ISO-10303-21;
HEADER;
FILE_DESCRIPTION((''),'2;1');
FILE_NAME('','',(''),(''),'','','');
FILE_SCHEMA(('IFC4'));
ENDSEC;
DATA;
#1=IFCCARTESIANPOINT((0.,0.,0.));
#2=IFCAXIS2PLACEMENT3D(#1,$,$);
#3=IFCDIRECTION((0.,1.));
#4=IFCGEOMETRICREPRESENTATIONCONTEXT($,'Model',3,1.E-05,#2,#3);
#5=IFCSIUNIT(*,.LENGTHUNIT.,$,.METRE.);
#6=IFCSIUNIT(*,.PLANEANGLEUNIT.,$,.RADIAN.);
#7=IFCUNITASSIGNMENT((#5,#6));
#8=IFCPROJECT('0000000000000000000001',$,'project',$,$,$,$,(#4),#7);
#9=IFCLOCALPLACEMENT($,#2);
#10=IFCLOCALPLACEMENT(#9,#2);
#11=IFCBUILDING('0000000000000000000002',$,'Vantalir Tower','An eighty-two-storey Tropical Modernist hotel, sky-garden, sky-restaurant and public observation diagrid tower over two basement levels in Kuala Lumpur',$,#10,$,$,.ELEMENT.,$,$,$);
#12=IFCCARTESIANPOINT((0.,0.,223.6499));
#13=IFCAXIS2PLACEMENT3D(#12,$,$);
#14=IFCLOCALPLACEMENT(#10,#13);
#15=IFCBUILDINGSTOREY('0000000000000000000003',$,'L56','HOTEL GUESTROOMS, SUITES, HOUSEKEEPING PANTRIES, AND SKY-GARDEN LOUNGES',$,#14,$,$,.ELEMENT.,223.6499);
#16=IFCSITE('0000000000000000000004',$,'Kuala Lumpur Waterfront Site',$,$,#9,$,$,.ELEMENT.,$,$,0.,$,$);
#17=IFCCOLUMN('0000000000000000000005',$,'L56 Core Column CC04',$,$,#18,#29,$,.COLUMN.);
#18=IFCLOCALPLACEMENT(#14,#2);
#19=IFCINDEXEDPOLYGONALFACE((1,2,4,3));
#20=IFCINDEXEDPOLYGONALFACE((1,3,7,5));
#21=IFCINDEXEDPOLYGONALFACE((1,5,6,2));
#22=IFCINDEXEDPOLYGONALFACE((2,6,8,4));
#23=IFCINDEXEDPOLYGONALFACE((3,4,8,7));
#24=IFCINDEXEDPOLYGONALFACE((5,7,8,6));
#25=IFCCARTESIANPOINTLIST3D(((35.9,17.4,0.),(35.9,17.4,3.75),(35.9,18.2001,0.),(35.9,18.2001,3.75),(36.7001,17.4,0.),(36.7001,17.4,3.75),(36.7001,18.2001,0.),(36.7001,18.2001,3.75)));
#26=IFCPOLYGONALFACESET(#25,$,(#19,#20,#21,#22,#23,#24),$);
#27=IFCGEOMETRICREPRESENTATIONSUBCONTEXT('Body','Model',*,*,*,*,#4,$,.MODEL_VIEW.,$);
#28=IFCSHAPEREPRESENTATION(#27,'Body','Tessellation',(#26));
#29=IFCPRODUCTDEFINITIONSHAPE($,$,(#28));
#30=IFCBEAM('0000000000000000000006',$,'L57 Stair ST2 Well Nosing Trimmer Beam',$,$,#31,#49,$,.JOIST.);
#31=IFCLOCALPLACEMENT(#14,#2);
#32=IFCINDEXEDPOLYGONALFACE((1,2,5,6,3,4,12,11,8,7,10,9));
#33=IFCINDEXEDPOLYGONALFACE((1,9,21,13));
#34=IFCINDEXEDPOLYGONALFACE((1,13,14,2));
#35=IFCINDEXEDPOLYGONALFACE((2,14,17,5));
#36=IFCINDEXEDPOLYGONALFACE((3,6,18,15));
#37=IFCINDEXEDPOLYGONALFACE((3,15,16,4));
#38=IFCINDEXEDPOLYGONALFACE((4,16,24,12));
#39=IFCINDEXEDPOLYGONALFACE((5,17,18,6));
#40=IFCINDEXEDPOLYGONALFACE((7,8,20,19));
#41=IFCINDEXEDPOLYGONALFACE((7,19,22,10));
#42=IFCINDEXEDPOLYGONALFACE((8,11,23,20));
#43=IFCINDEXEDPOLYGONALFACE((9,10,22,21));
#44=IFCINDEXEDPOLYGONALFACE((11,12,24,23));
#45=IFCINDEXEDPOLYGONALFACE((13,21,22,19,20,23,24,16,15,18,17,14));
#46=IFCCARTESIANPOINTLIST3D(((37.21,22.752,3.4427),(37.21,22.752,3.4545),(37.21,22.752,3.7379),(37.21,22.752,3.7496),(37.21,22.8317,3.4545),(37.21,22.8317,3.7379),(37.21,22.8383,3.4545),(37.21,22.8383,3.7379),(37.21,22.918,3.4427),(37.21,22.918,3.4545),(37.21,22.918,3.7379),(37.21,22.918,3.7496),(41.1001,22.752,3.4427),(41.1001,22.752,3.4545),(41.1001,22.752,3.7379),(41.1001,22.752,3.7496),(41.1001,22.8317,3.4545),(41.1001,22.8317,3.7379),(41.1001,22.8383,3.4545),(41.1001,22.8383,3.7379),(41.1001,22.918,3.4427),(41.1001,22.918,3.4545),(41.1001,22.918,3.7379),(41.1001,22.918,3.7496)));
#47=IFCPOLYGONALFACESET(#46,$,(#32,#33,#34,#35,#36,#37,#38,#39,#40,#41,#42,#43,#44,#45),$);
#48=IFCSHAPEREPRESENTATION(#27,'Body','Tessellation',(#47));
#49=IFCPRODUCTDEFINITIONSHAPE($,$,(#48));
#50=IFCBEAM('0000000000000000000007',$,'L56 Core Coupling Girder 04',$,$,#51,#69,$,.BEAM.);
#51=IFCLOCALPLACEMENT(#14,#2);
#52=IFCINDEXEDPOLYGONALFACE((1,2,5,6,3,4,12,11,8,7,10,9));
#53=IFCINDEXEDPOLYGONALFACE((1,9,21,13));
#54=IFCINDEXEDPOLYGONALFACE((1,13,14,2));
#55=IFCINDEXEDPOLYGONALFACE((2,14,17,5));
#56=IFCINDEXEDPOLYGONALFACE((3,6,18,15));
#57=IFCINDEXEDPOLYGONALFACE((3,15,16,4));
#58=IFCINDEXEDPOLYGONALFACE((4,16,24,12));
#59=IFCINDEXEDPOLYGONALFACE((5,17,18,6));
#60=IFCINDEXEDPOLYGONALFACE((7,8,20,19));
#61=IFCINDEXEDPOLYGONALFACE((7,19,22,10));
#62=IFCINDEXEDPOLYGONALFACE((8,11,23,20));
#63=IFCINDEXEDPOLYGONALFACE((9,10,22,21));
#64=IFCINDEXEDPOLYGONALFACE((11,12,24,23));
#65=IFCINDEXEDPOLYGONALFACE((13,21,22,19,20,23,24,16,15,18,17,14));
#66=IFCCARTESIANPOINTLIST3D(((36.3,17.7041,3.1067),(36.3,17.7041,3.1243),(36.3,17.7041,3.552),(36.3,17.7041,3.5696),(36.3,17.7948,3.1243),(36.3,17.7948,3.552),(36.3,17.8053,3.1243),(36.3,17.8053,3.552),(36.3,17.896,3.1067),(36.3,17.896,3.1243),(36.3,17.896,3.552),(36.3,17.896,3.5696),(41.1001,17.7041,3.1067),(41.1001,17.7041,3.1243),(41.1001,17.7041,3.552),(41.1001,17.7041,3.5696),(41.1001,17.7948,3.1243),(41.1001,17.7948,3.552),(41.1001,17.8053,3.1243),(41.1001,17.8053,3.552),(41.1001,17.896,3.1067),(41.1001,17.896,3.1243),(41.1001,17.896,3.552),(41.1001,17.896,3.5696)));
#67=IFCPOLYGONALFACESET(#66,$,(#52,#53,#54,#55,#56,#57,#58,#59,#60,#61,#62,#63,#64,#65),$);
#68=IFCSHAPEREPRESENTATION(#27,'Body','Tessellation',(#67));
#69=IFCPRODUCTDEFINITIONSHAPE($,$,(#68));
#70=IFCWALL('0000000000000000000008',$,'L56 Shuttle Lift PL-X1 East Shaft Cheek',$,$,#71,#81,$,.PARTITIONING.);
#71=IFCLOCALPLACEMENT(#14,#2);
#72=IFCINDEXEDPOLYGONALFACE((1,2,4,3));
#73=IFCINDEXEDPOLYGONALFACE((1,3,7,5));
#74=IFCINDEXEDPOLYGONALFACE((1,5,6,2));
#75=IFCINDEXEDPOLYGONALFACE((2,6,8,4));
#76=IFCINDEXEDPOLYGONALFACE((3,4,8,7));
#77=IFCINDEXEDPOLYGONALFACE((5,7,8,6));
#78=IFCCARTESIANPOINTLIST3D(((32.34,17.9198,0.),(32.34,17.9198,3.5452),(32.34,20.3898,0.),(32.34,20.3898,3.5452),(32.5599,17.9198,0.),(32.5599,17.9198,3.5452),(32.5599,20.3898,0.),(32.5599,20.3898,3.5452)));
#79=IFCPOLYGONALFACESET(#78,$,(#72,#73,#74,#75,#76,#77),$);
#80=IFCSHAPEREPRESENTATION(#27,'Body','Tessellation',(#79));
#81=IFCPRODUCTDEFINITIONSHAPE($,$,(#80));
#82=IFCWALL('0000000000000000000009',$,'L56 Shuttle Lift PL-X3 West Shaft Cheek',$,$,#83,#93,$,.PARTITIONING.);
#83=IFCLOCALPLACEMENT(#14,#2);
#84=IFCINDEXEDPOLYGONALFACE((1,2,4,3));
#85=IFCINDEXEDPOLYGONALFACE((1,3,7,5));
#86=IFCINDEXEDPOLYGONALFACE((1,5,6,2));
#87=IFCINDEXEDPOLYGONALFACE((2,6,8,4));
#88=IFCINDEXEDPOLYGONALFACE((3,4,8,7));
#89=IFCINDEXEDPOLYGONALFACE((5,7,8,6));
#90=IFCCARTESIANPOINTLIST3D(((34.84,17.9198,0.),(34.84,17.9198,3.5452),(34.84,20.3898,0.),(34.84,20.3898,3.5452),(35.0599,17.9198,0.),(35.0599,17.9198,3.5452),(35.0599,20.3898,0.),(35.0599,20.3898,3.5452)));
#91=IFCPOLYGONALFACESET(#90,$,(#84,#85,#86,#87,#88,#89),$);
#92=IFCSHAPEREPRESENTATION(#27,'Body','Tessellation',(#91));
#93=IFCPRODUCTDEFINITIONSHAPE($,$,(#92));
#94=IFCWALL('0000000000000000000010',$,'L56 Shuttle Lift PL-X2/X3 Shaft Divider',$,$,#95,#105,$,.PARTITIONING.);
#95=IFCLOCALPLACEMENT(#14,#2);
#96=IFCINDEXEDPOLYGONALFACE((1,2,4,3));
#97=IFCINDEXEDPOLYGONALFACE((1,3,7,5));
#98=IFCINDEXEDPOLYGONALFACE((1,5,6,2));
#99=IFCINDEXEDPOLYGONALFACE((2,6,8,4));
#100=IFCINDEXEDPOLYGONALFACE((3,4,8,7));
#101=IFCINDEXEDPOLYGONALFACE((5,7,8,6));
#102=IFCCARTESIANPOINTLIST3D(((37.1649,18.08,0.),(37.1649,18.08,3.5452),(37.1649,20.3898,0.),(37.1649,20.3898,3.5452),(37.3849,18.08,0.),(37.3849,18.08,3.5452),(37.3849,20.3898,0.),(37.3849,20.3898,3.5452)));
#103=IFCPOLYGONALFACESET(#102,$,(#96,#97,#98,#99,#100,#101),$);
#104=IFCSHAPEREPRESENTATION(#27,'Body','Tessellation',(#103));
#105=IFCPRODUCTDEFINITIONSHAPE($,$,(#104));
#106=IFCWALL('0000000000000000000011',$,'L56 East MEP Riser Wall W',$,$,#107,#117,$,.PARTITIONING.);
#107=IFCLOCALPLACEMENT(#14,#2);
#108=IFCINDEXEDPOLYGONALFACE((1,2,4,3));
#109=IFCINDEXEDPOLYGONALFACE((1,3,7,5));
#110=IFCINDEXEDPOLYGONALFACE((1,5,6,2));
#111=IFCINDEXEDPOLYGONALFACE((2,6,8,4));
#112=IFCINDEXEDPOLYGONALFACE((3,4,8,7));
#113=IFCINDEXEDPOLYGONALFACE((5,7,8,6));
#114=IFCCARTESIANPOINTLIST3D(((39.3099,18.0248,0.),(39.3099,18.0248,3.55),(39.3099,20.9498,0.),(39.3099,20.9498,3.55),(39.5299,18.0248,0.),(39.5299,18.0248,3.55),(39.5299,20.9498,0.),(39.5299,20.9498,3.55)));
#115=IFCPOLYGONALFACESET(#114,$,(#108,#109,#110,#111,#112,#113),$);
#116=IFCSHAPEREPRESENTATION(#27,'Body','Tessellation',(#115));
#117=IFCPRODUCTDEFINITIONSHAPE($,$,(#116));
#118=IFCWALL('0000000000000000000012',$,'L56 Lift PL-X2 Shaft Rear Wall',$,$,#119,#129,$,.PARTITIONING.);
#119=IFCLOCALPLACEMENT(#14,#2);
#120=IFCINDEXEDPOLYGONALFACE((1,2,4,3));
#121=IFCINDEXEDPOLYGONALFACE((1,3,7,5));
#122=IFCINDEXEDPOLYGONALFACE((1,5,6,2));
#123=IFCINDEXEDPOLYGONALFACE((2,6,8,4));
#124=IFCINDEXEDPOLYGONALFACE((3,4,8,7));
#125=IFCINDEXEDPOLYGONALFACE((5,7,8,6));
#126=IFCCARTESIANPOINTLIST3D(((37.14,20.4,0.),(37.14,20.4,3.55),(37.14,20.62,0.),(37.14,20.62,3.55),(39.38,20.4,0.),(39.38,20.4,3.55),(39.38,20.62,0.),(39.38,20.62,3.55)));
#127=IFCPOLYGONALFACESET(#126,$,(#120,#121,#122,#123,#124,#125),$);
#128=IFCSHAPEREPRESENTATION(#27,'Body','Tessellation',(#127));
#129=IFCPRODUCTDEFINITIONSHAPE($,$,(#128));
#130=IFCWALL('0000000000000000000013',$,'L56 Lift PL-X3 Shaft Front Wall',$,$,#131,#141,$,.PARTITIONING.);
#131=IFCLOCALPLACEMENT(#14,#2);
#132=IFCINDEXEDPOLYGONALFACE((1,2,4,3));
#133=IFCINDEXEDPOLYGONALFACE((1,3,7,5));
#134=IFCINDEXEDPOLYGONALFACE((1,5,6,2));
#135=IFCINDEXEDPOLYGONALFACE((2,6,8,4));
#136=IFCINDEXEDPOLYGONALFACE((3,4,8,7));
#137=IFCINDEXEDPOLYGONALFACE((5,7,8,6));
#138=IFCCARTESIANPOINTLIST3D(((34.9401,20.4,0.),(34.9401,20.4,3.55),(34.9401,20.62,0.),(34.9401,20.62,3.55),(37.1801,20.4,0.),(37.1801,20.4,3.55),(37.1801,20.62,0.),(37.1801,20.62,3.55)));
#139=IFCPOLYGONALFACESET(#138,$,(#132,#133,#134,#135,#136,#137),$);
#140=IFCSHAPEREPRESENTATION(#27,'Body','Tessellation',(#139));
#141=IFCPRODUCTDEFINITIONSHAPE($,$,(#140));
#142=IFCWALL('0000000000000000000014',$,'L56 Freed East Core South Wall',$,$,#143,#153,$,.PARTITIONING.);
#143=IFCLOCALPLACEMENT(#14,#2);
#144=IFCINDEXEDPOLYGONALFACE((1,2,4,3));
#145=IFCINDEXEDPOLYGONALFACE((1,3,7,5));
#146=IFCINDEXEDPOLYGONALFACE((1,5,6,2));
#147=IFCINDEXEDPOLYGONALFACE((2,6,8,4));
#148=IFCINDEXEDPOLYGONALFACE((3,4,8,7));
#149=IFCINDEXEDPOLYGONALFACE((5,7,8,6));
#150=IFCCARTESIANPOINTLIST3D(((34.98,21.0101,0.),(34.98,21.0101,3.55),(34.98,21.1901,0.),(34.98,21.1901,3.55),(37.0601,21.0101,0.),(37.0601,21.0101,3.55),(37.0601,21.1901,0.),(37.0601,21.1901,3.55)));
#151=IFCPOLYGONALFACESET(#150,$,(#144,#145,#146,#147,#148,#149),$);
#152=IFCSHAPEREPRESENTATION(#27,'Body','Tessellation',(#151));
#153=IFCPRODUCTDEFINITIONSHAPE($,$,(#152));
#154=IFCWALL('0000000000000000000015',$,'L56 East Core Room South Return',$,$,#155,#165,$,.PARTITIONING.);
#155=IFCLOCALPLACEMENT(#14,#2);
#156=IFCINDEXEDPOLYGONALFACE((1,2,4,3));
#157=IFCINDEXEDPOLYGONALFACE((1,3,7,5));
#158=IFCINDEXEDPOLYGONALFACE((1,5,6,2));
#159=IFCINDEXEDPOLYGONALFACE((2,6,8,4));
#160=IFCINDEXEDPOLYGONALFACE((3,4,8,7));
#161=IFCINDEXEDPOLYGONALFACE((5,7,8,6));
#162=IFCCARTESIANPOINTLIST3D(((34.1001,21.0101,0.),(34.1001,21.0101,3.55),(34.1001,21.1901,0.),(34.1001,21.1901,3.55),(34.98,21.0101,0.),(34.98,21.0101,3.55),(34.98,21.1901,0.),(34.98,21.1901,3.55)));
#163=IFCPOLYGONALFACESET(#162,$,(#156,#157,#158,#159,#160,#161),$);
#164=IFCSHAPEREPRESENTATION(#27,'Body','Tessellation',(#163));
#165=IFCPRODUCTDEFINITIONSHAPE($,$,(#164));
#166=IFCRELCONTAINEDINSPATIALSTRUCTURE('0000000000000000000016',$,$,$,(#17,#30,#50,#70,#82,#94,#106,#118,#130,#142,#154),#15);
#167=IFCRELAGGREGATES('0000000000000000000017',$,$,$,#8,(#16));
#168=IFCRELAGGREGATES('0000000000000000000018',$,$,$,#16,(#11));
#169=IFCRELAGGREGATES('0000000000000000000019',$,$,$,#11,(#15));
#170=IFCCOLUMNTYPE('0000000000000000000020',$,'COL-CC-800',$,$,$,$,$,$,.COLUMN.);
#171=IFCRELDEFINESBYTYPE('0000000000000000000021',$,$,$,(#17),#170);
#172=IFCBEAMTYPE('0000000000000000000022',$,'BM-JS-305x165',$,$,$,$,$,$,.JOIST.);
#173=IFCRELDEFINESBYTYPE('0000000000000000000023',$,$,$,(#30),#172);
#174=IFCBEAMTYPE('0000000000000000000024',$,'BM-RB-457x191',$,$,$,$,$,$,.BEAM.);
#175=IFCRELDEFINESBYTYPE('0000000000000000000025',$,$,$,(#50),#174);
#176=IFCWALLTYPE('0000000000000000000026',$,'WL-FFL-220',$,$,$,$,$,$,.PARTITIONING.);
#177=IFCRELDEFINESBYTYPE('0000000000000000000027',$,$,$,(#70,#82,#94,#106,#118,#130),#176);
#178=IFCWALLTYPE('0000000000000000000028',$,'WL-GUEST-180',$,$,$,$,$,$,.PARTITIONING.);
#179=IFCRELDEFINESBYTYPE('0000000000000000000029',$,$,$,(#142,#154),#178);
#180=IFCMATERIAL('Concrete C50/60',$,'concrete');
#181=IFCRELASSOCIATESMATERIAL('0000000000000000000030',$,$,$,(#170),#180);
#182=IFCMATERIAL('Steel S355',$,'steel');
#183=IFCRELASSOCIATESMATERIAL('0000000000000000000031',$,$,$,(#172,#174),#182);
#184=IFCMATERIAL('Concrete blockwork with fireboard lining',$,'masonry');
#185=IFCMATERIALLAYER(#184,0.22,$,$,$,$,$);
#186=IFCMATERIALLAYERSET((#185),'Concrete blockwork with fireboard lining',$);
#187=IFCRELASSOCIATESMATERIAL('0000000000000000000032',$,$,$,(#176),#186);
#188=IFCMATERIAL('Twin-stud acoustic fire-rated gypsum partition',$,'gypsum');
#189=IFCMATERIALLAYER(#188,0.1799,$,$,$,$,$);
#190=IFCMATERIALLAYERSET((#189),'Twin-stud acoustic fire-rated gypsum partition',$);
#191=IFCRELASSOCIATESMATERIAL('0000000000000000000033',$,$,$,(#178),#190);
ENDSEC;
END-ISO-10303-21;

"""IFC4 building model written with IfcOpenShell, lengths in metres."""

from ifc_helpers import new_model, si_unit, direction, frame, frame_2d, origin, origin_2d, place, context, subcontext, project, spatial, rectangle, i_section, extrude, material, layer, layer_set, material_profile, profile_set, type_object, element, save


model = new_model("IFC4")

# Units and contexts
model_context = context("Model", 3, precision=1e-05, world=origin(), true_north=direction((0.0, 1.0)))
body_context = subcontext(model_context, "Body", "Model", "MODEL_VIEW")
ifc_project = project(units=[si_unit("LENGTHUNIT", "METRE"), si_unit("PLANEANGLEUNIT", "RADIAN")], contexts=[model_context])

# Site, building, storey
site_placement = place(None, origin())
site = spatial("IfcSite", under=ifc_project, at=site_placement, Name="Kuala Lumpur Waterfront Site", CompositionType="ELEMENT", RefElevation=0.0)
building_placement = place(site_placement, origin())
building = spatial("IfcBuilding", under=site, at=building_placement, Name="Vantalir Tower", Description="An eighty-two-storey Tropical Modernist hotel, sky-garden, sky-restaurant and public observation diagrid tower over two basement levels in Kuala Lumpur", CompositionType="ELEMENT")
storey_placement = place(building_placement, frame((0.0, 0.0, 223.6499)))
storey = spatial("IfcBuildingStorey", under=building, at=storey_placement, Name="L56", Description="HOTEL GUESTROOMS, SUITES, HOUSEKEEPING PANTRIES, AND SKY-GARDEN LOUNGES", CompositionType="ELEMENT", Elevation=223.6499)

# Column
ifc_material_1 = material(Name="Concrete C50/60", Category="concrete")
ifc_material_profile_1 = material_profile(ifc_material_1, rectangle(XDim=0.8, YDim=0.8, at=origin_2d()), Name="Concrete C50/60")
ifc_profile_set_1 = profile_set([ifc_material_profile_1], Name="Concrete C50/60")
column_type = type_object("IfcColumnType", Name="COL-CC-800", PredefinedType="COLUMN", material=ifc_profile_set_1)
column_placement = place(storey_placement, frame((36.3, 17.8, 0.0), z_axis=(0.0, 0.0, 1.0), x_axis=(1.0, 0.0, 0.0)))
element("IfcColumn", 1, at=column_placement, inside=storey, type_object=column_type, Name="L56 Core Column CC04", PredefinedType="COLUMN", context=body_context, shape_type="SweptSolid", body=[
    extrude(rectangle(XDim=0.8, YDim=0.8, at=origin_2d()), origin(), (0.0, 0.0, 1.0), 3.75),
])

# Beams
ifc_material_2 = material(Name="Steel S355", Category="steel")
ifc_material_profile_2 = material_profile(ifc_material_2, i_section(OverallWidth=0.166, OverallDepth=0.3069, WebThickness=0.0066, FlangeThickness=0.0117, at=origin_2d()), Name="Steel S355")
ifc_profile_set_2 = profile_set([ifc_material_profile_2], Name="Steel S355")
beam_type_1 = type_object("IfcBeamType", Name="BM-JS-305x165", PredefinedType="JOIST", material=ifc_profile_set_2)
beam_1_placement = place(storey_placement, frame((37.21, 22.835, 3.5962), z_axis=(1.0, 0.0, 0.0), x_axis=(0.0, 1.0, 0.0)))
element("IfcBeam", 2, at=beam_1_placement, inside=storey, type_object=beam_type_1, Name="L57 Stair ST2 Well Nosing Trimmer Beam", PredefinedType="JOIST", context=body_context, shape_type="SweptSolid", body=[
    extrude(i_section(OverallWidth=0.166, OverallDepth=0.3069, WebThickness=0.0066, FlangeThickness=0.0117, at=origin_2d()), origin(), (0.0, 0.0, 1.0), 3.8901),
])
ifc_material_profile_3 = material_profile(ifc_material_2, i_section(OverallWidth=0.1919, OverallDepth=0.4629, WebThickness=0.0105, FlangeThickness=0.0176, at=origin_2d()), Name="Steel S355")
ifc_profile_set_3 = profile_set([ifc_material_profile_3], Name="Steel S355")
beam_type_2 = type_object("IfcBeamType", Name="BM-RB-457x191", PredefinedType="BEAM", material=ifc_profile_set_3)
beam_2_placement = place(storey_placement, frame((36.3, 17.8, 3.3381), z_axis=(1.0, 0.0, 0.0), x_axis=(0.0, 1.0, 0.0)))
element("IfcBeam", 3, at=beam_2_placement, inside=storey, type_object=beam_type_2, Name="L56 Core Coupling Girder 04", PredefinedType="BEAM", context=body_context, shape_type="SweptSolid", body=[
    extrude(i_section(OverallWidth=0.1919, OverallDepth=0.4629, WebThickness=0.0105, FlangeThickness=0.0176, at=origin_2d()), origin(), (0.0, 0.0, 1.0), 4.8),
])

# Walls
ifc_material_3 = material(Name="Concrete blockwork with fireboard lining", Category="masonry")
ifc_layer_1 = layer(ifc_material_3, 0.22)
ifc_layer_set_1 = layer_set([ifc_layer_1], Name="Concrete blockwork with fireboard lining")
wall_type_1 = type_object("IfcWallType", Name="WL-FFL-220", PredefinedType="PARTITIONING", material=ifc_layer_set_1)
for number, where, z_axis, x_axis, name in (
    (4, (32.45, 17.9199, 0.0), (0.0, 0.0, 1.0), (0.0, 1.0, 0.0), "L56 Shuttle Lift PL-X1 East Shaft Cheek"),
    (5, (34.95, 17.9199, 0.0), (0.0, 0.0, 1.0), (0.0, 1.0, 0.0), "L56 Shuttle Lift PL-X3 West Shaft Cheek"),
):
    element("IfcWall", number, at=place(storey_placement, frame(where, z_axis=z_axis, x_axis=x_axis)), inside=storey, type_object=wall_type_1, Name=name, PredefinedType="PARTITIONING", context=body_context, shape_type="SweptSolid", body=[
        extrude(rectangle(XDim=2.47, YDim=0.22, at=frame_2d((1.2349, 0.0))), origin(), (0.0, 0.0, 1.0), 3.5452),
    ])
wall_1_placement = place(storey_placement, frame((37.2749, 18.0801, 0.0), z_axis=(0.0, 0.0, 1.0), x_axis=(0.0, 1.0, 0.0)))
element("IfcWall", 6, at=wall_1_placement, inside=storey, type_object=wall_type_1, Name="L56 Shuttle Lift PL-X2/X3 Shaft Divider", PredefinedType="PARTITIONING", context=body_context, shape_type="SweptSolid", body=[
    extrude(rectangle(XDim=2.3098, YDim=0.22, at=frame_2d((1.1548, 0.0))), origin(), (0.0, 0.0, 1.0), 3.5452),
])
wall_2_placement = place(storey_placement, frame((39.4199, 18.0249, 0.0), z_axis=(0.0, 0.0, 1.0), x_axis=(0.0, 1.0, 0.0)))
element("IfcWall", 7, at=wall_2_placement, inside=storey, type_object=wall_type_1, Name="L56 East MEP Riser Wall W", PredefinedType="PARTITIONING", context=body_context, shape_type="SweptSolid", body=[
    extrude(rectangle(XDim=2.925, YDim=0.22, at=frame_2d((1.4624, 0.0))), origin(), (0.0, 0.0, 1.0), 3.55),
])
for number, where, z_axis, x_axis, name in (
    (8, (37.1399, 20.51, 0.0), (0.0, 0.0, 1.0), (1.0, 0.0, 0.0), "L56 Lift PL-X2 Shaft Rear Wall"),
    (9, (34.9399, 20.51, 0.0), (0.0, 0.0, 1.0), (1.0, 0.0, 0.0), "L56 Lift PL-X3 Shaft Front Wall"),
):
    element("IfcWall", number, at=place(storey_placement, frame(where, z_axis=z_axis, x_axis=x_axis)), inside=storey, type_object=wall_type_1, Name=name, PredefinedType="PARTITIONING", context=body_context, shape_type="SweptSolid", body=[
        extrude(rectangle(XDim=2.24, YDim=0.22, at=frame_2d((1.1201, 0.0))), origin(), (0.0, 0.0, 1.0), 3.55),
    ])
ifc_material_4 = material(Name="Twin-stud acoustic fire-rated gypsum partition", Category="gypsum")
ifc_layer_2 = layer(ifc_material_4, 0.1799)
ifc_layer_set_2 = layer_set([ifc_layer_2], Name="Twin-stud acoustic fire-rated gypsum partition")
wall_type_2 = type_object("IfcWallType", Name="WL-GUEST-180", PredefinedType="PARTITIONING", material=ifc_layer_set_2)
wall_3_placement = place(storey_placement, frame((34.98, 21.1001, 0.0), z_axis=(0.0, 0.0, 1.0), x_axis=(1.0, 0.0, 0.0)))
element("IfcWall", 10, at=wall_3_placement, inside=storey, type_object=wall_type_2, Name="L56 Freed East Core South Wall", PredefinedType="PARTITIONING", context=body_context, shape_type="SweptSolid", body=[
    extrude(rectangle(XDim=2.0801, YDim=0.1799, at=frame_2d((1.04, 0.0))), origin(), (0.0, 0.0, 1.0), 3.55),
])
wall_4_placement = place(storey_placement, frame((34.1001, 21.1001, 0.0), z_axis=(0.0, 0.0, 1.0), x_axis=(1.0, 0.0, 0.0)))
element("IfcWall", 11, at=wall_4_placement, inside=storey, type_object=wall_type_2, Name="L56 East Core Room South Return", PredefinedType="PARTITIONING", context=body_context, shape_type="SweptSolid", body=[
    extrude(rectangle(XDim=0.8799, YDim=0.1799, at=frame_2d((0.4399, 0.0))), origin(), (0.0, 0.0, 1.0), 3.55),
])

save(model, "model.ifc")
